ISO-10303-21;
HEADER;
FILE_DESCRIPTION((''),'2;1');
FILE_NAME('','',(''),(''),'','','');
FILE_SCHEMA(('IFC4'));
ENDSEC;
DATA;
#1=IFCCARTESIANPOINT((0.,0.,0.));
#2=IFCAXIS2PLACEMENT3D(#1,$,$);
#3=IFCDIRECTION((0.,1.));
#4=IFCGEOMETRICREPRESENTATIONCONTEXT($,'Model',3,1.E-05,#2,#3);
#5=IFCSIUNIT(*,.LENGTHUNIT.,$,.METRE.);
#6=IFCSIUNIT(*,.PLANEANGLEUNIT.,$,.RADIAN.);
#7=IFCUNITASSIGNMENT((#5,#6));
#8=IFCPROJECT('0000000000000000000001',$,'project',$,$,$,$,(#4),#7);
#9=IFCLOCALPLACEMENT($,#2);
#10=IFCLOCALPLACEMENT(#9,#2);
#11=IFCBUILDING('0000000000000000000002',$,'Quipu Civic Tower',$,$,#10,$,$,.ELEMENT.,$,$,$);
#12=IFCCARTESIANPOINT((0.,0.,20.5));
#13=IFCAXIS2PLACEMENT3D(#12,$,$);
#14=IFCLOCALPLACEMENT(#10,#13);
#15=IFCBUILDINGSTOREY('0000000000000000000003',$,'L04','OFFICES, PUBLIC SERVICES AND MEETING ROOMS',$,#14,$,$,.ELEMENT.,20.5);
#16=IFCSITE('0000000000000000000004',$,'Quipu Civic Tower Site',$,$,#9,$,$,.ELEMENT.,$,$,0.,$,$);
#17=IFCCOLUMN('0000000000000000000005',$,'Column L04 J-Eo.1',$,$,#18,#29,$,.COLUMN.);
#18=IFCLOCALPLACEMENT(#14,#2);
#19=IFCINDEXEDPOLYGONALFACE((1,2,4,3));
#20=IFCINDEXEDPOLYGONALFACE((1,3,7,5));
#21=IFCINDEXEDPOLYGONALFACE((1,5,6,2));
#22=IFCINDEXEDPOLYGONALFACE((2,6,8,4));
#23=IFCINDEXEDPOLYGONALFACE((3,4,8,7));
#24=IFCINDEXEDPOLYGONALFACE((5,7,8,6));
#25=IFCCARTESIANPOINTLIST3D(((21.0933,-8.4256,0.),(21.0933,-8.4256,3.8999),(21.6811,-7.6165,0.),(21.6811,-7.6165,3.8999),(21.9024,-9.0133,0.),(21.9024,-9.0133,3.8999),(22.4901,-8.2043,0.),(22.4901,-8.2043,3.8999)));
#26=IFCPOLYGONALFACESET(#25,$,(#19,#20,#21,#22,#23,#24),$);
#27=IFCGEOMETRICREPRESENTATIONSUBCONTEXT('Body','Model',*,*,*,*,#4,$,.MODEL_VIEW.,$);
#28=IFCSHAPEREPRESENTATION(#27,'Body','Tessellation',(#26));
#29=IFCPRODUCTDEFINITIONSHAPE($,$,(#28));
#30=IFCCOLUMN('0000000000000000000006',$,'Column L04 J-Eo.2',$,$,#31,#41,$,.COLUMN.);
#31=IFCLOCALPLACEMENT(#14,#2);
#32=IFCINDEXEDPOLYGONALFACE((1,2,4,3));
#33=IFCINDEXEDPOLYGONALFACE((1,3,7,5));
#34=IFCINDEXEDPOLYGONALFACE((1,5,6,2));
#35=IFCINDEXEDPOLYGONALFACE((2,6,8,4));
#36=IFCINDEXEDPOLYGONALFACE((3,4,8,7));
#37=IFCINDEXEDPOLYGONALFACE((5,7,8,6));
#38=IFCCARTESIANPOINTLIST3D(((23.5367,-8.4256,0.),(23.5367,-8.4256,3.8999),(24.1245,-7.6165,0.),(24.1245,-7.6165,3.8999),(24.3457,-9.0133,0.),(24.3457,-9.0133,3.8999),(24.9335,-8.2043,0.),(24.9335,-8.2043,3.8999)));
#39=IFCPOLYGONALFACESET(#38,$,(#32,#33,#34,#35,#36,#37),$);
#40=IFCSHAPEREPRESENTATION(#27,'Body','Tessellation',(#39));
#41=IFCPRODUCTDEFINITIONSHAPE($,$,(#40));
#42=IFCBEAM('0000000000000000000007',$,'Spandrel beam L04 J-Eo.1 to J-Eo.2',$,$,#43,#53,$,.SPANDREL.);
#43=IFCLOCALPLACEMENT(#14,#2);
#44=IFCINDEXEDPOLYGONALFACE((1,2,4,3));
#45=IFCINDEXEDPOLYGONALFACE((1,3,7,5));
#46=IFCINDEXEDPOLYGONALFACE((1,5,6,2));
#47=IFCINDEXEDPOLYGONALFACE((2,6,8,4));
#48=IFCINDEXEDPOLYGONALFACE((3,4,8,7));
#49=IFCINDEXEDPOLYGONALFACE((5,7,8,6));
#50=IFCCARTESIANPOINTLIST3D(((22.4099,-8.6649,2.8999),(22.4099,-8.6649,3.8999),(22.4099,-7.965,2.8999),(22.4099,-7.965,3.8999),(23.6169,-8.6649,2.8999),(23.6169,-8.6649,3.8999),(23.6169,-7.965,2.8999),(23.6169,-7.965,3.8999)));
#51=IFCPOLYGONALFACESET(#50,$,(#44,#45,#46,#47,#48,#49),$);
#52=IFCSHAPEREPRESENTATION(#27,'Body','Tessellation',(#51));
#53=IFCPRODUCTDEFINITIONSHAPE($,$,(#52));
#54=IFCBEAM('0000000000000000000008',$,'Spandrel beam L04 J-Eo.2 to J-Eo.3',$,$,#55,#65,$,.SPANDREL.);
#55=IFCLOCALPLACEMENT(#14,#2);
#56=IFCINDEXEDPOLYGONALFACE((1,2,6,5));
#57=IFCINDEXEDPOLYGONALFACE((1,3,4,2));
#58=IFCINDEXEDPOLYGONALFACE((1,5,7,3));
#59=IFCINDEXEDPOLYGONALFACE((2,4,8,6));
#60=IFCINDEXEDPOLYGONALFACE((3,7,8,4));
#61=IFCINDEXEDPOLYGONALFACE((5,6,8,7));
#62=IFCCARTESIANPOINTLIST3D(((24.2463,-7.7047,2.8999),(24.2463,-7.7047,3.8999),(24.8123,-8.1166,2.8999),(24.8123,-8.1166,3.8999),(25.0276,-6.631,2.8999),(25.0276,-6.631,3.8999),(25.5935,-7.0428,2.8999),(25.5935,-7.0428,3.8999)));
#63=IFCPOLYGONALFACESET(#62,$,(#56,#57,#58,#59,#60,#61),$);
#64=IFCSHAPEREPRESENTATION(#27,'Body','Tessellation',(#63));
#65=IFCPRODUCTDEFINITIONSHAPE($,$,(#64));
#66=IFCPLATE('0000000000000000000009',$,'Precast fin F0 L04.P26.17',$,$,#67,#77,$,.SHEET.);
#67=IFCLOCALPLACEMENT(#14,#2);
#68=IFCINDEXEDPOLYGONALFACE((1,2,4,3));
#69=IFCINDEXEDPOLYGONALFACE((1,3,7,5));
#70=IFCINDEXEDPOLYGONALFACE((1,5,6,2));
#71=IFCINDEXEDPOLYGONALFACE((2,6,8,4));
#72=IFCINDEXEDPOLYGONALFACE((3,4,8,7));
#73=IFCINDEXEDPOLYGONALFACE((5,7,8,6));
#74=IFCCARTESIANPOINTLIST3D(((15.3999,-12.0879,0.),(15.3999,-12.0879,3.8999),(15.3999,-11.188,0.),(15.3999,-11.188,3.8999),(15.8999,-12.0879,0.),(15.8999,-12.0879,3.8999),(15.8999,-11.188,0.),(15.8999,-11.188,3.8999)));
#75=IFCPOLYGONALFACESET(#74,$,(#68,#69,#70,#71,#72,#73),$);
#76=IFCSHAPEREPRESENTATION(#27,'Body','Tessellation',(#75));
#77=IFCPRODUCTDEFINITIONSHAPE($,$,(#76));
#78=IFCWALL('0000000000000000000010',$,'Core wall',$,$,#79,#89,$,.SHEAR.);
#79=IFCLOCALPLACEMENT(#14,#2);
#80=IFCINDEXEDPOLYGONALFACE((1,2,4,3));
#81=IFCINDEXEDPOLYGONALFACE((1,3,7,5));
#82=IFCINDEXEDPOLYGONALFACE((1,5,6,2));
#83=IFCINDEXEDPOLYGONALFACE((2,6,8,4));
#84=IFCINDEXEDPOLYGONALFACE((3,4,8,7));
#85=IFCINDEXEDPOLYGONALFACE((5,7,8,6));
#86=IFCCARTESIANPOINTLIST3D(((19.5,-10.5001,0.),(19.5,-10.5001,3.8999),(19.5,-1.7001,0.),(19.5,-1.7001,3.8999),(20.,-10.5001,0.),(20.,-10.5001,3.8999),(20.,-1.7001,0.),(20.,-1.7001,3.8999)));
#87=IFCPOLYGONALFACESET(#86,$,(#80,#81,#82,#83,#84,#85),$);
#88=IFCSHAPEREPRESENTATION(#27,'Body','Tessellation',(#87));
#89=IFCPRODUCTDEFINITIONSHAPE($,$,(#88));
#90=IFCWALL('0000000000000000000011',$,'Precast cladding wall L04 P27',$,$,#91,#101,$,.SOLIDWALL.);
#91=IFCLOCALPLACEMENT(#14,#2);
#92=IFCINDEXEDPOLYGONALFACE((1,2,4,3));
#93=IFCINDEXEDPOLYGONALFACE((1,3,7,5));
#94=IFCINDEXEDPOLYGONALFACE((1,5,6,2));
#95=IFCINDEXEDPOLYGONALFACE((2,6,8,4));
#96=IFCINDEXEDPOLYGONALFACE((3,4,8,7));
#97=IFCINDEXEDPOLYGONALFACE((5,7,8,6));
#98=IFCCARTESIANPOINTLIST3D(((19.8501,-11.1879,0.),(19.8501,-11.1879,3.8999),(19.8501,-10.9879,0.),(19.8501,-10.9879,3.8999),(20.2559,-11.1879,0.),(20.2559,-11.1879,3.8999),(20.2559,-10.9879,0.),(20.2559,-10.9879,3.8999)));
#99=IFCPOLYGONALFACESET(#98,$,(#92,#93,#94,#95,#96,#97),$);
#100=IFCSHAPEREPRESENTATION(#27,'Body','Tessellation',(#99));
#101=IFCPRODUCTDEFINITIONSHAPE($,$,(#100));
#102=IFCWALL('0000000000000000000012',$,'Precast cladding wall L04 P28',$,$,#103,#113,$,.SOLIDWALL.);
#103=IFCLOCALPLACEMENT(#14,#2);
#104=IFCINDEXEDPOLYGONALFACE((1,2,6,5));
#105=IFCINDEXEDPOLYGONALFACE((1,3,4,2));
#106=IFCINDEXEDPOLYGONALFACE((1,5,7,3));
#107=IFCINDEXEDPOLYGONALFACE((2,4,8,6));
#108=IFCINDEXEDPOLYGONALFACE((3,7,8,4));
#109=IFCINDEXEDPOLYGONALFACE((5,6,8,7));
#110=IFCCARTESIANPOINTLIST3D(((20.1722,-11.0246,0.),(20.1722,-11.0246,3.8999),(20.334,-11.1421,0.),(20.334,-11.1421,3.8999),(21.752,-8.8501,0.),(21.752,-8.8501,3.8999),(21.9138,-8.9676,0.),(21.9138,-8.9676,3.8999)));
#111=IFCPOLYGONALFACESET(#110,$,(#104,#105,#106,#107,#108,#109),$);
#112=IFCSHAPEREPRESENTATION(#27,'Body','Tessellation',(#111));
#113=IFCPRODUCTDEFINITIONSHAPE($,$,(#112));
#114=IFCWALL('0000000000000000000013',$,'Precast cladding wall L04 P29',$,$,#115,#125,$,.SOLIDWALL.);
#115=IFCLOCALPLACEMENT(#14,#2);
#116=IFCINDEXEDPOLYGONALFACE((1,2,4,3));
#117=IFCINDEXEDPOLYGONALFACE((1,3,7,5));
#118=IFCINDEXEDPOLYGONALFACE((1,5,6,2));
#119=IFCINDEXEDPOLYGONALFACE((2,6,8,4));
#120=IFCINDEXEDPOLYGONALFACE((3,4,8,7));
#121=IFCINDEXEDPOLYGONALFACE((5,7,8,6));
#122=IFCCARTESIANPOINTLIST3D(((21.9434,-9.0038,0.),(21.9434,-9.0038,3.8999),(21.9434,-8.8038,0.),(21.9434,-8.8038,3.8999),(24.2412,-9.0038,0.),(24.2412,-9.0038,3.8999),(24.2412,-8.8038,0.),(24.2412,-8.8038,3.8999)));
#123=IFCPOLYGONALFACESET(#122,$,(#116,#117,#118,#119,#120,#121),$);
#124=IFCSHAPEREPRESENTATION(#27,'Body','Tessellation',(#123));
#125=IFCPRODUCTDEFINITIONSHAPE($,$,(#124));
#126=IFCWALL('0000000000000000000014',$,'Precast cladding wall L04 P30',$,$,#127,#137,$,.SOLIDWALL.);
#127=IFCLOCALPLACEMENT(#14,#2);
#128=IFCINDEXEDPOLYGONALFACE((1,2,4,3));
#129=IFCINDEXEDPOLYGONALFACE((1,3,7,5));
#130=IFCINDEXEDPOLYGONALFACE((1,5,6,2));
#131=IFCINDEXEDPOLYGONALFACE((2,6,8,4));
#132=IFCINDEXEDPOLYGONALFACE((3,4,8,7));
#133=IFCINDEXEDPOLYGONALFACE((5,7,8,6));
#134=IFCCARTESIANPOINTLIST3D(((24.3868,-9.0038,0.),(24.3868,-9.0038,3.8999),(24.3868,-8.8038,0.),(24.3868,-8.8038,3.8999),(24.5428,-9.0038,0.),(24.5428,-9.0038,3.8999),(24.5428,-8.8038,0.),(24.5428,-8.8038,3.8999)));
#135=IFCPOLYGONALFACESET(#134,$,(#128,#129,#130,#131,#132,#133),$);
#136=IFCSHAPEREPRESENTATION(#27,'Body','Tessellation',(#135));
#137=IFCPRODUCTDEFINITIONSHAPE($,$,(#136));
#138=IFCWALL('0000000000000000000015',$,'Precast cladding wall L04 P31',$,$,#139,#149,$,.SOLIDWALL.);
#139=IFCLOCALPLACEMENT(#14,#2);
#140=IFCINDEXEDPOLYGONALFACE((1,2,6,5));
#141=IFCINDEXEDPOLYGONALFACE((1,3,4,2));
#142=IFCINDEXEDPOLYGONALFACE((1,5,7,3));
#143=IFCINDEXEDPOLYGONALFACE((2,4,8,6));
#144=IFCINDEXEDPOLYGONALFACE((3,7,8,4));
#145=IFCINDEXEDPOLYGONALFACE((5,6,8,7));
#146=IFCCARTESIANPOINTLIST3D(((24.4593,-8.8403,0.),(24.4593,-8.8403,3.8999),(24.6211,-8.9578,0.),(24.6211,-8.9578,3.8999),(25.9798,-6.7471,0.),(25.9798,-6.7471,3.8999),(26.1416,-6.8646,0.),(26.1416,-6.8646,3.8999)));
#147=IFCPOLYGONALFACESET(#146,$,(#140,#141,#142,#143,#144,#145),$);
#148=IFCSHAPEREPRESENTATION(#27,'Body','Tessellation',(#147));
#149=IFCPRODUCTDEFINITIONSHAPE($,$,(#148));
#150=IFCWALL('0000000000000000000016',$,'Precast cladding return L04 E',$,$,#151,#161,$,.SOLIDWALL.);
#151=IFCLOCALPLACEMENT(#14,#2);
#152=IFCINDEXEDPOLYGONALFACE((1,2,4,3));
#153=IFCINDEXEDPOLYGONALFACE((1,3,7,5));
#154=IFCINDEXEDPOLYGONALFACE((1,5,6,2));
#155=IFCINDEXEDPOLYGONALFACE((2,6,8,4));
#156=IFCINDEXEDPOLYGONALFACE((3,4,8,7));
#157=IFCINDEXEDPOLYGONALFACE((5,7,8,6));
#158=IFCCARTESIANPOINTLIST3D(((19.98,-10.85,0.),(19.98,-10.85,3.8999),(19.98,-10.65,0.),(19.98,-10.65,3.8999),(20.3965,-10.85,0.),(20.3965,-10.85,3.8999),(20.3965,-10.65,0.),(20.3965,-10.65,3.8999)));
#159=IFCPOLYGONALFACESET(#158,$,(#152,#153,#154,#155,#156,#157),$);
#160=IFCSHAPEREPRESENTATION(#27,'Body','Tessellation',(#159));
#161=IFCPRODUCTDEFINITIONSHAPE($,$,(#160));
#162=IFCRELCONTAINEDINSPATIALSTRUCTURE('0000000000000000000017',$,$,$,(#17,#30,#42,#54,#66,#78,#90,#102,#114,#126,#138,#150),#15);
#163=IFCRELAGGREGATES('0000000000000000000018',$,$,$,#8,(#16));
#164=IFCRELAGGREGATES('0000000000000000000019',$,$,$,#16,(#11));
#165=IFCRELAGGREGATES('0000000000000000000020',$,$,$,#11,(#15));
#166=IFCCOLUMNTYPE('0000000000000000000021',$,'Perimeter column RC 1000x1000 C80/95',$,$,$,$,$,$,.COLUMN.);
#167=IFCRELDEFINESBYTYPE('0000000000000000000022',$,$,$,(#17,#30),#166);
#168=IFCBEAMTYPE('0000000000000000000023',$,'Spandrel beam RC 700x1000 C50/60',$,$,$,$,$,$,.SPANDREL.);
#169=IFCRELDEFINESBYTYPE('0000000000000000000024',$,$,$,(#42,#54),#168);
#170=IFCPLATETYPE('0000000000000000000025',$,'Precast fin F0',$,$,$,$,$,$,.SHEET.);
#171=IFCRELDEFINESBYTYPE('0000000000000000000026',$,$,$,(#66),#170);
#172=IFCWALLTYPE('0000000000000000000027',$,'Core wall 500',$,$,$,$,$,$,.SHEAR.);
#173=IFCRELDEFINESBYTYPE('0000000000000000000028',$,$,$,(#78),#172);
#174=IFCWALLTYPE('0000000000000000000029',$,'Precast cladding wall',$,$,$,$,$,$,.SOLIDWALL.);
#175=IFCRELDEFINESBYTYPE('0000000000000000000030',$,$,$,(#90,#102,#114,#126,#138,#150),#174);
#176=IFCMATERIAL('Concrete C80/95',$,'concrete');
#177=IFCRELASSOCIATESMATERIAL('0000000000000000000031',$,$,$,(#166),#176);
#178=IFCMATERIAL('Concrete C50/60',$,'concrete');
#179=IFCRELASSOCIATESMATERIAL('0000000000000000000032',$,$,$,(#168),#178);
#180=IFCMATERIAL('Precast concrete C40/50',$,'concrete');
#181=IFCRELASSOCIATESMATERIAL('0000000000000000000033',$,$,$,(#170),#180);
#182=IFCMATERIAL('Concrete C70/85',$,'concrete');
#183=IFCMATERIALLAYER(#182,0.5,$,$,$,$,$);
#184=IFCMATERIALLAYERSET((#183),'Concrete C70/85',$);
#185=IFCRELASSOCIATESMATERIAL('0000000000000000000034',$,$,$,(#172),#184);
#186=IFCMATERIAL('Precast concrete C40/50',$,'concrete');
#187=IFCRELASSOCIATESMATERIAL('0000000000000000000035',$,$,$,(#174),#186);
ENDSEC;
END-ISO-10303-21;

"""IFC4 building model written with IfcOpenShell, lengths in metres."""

from ifc_helpers import new_model, si_unit, direction, frame, frame_2d, origin, origin_2d, place, context, subcontext, project, spatial, rectangle, extrude, material, layer, layer_set, material_profile, profile_set, type_object, element, save


model = new_model("IFC4")

# Units and contexts
model_context = context("Model", 3, precision=1e-05, world=origin(), true_north=direction((0.0, 1.0)))
body_context = subcontext(model_context, "Body", "Model", "MODEL_VIEW")
ifc_project = project(units=[si_unit("LENGTHUNIT", "METRE"), si_unit("PLANEANGLEUNIT", "RADIAN")], contexts=[model_context])

# Site, building, storey
site_placement = place(None, origin())
site = spatial("IfcSite", under=ifc_project, at=site_placement, Name="Quipu Civic Tower Site", CompositionType="ELEMENT", RefElevation=0.0)
building_placement = place(site_placement, origin())
building = spatial("IfcBuilding", under=site, at=building_placement, Name="Quipu Civic Tower", CompositionType="ELEMENT")
storey_placement = place(building_placement, frame((0.0, 0.0, 20.5)))
storey = spatial("IfcBuildingStorey", under=building, at=storey_placement, Name="L04", Description="OFFICES, PUBLIC SERVICES AND MEETING ROOMS", CompositionType="ELEMENT", Elevation=20.5)

# Columns
ifc_material_1 = material(Name="Concrete C80/95", Category="concrete")
ifc_material_profile_1 = material_profile(ifc_material_1, rectangle(XDim=1.0, YDim=1.0, at=origin_2d()), Name="RC1000x1000")
ifc_profile_set_1 = profile_set([ifc_material_profile_1], Name="Concrete C80/95")
column_type = type_object("IfcColumnType", Name="Perimeter column RC 1000x1000 C80/95", PredefinedType="COLUMN", material=ifc_profile_set_1)
for number, where, z_axis, x_axis, name in (
    (1, (21.7917, -8.3149, 0.0), (0.0, 0.0, 1.0), (0.587785, 0.809017, 0.0), "Column L04 J-Eo.1"),
    (2, (24.2351, -8.3149, 0.0), (0.0, 0.0, 1.0), (0.587785, 0.809017, 0.0), "Column L04 J-Eo.2"),
):
    element("IfcColumn", number, at=place(storey_placement, frame(where, z_axis=z_axis, x_axis=x_axis)), inside=storey, type_object=column_type, Name=name, PredefinedType="COLUMN", context=body_context, shape_type="SweptSolid", body=[
        extrude(rectangle(XDim=1.0, YDim=1.0, at=origin_2d()), origin(), (0.0, 0.0, 1.0), 3.8999),
    ])

# Beams
ifc_material_2 = material(Name="Concrete C50/60", Category="concrete")
ifc_material_profile_2 = material_profile(ifc_material_2, rectangle(XDim=0.7, YDim=1.0, at=origin_2d()), Name="RC700x1000")
ifc_profile_set_2 = profile_set([ifc_material_profile_2], Name="Concrete C50/60")
beam_type = type_object("IfcBeamType", Name="Spandrel beam RC 700x1000 C50/60", PredefinedType="SPANDREL", material=ifc_profile_set_2)
beam_1_placement = place(storey_placement, frame((22.4099, -8.3149, 3.3999), z_axis=(1.0, 0.0, 0.0), x_axis=(0.0, 1.0, 0.0)))
element("IfcBeam", 3, at=beam_1_placement, inside=storey, type_object=beam_type, Name="Spandrel beam L04 J-Eo.1 to J-Eo.2", PredefinedType="SPANDREL", context=body_context, shape_type="SweptSolid", body=[
    extrude(rectangle(XDim=0.7, YDim=1.0, at=origin_2d()), origin(), (0.0, 0.0, 1.0), 1.207),
])
beam_2_placement = place(storey_placement, frame((24.5293, -7.9106, 3.3999), z_axis=(0.588347, 0.808609, 0.0), x_axis=(-0.808609, 0.588347, 0.0)))
element("IfcBeam", 4, at=beam_2_placement, inside=storey, type_object=beam_type, Name="Spandrel beam L04 J-Eo.2 to J-Eo.3", PredefinedType="SPANDREL", context=body_context, shape_type="SweptSolid", body=[
    extrude(rectangle(XDim=0.7, YDim=1.0, at=origin_2d()), origin(), (0.0, 0.0, 1.0), 1.3279),
])

# Plate
ifc_material_3 = material(Name="Precast concrete C40/50", Category="concrete")
plate_type = type_object("IfcPlateType", Name="Precast fin F0", PredefinedType="SHEET", material=ifc_material_3)
plate_placement = place(storey_placement, frame((15.6499, -11.6379, 0.0), z_axis=(0.0, 0.0, 1.0), x_axis=(1.0, 0.0, 0.0)))
element("IfcPlate", 5, at=plate_placement, inside=storey, type_object=plate_type, Name="Precast fin F0 L04.P26.17", PredefinedType="SHEET", context=body_context, shape_type="SweptSolid", body=[
    extrude(rectangle(XDim=0.5, YDim=0.8999, at=origin_2d()), origin(), (0.0, 0.0, 1.0), 3.8999),
])

# Walls
ifc_material_4 = material(Name="Concrete C70/85", Category="concrete")
ifc_layer = layer(ifc_material_4, 0.5)
ifc_layer_set = layer_set([ifc_layer], Name="Concrete C70/85")
wall_type_1 = type_object("IfcWallType", Name="Core wall 500", PredefinedType="SHEAR", material=ifc_layer_set)
wall_1_placement = place(storey_placement, frame((19.75, -10.5, 0.0), z_axis=(0.0, 0.0, 1.0), x_axis=(0.0, 1.0, 0.0)))
element("IfcWall", 6, at=wall_1_placement, inside=storey, type_object=wall_type_1, Name="Core wall", PredefinedType="SHEAR", context=body_context, shape_type="SweptSolid", body=[
    extrude(rectangle(XDim=8.8, YDim=0.5, at=frame_2d((4.3999, 0.0))), origin(), (0.0, 0.0, 1.0), 3.8999),
])
ifc_material_5 = material(Name="Precast concrete C40/50", Category="concrete")
wall_type_2 = type_object("IfcWallType", Name="Precast cladding wall", PredefinedType="SOLIDWALL", material=ifc_material_5)
wall_2_placement = place(storey_placement, frame((19.8501, -11.0879, 0.0), z_axis=(0.0, 0.0, 1.0), x_axis=(1.0, 0.0, 0.0)))
element("IfcWall", 7, at=wall_2_placement, inside=storey, type_object=wall_type_2, Name="Precast cladding wall L04 P27", PredefinedType="SOLIDWALL", context=body_context, shape_type="SweptSolid", body=[
    extrude(rectangle(XDim=0.4058, YDim=0.2, at=frame_2d((0.2029, 0.0))), origin(), (0.0, 0.0, 1.0), 3.8999),
])
wall_3_placement = place(storey_placement, frame((20.2532, -11.0833, 0.0), z_axis=(0.0, 0.0, 1.0), x_axis=(0.587767, 0.809031, 0.0)))
element("IfcWall", 8, at=wall_3_placement, inside=storey, type_object=wall_type_2, Name="Precast cladding wall L04 P28", PredefinedType="SOLIDWALL", context=body_context, shape_type="SweptSolid", body=[
    extrude(rectangle(XDim=2.6877, YDim=0.2, at=frame_2d((1.3438, 0.0))), origin(), (0.0, 0.0, 1.0), 3.8999),
])
wall_4_placement = place(storey_placement, frame((21.9434, -8.9038, 0.0), z_axis=(0.0, 0.0, 1.0), x_axis=(1.0, 0.0, 0.0)))
element("IfcWall", 9, at=wall_4_placement, inside=storey, type_object=wall_type_2, Name="Precast cladding wall L04 P29", PredefinedType="SOLIDWALL", context=body_context, shape_type="SweptSolid", body=[
    extrude(rectangle(XDim=2.2979, YDim=0.2, at=frame_2d((1.1489, 0.0))), origin(), (0.0, 0.0, 1.0), 3.8999),
])
wall_5_placement = place(storey_placement, frame((24.3867, -8.9038, 0.0), z_axis=(0.0, 0.0, 1.0), x_axis=(1.0, 0.0, 0.0)))
element("IfcWall", 10, at=wall_5_placement, inside=storey, type_object=wall_type_2, Name="Precast cladding wall L04 P30", PredefinedType="SOLIDWALL", context=body_context, shape_type="SweptSolid", body=[
    extrude(rectangle(XDim=0.156, YDim=0.2, at=frame_2d((0.0781, 0.0))), origin(), (0.0, 0.0, 1.0), 3.8999),
])
wall_6_placement = place(storey_placement, frame((24.5403, -8.8989, 0.0), z_axis=(0.0, 0.0, 1.0), x_axis=(0.5877, 0.809079, 0.0)))
element("IfcWall", 11, at=wall_6_placement, inside=storey, type_object=wall_type_2, Name="Precast cladding wall L04 P31", PredefinedType="SOLIDWALL", context=body_context, shape_type="SweptSolid", body=[
    extrude(rectangle(XDim=2.5872, YDim=0.2, at=frame_2d((1.2935, 0.0))), origin(), (0.0, 0.0, 1.0), 3.8999),
])
wall_7_placement = place(storey_placement, frame((19.98, -10.75, 0.0), z_axis=(0.0, 0.0, 1.0), x_axis=(1.0, 0.0, 0.0)))
element("IfcWall", 12, at=wall_7_placement, inside=storey, type_object=wall_type_2, Name="Precast cladding return L04 E", PredefinedType="SOLIDWALL", context=body_context, shape_type="SweptSolid", body=[
    extrude(rectangle(XDim=0.4165, YDim=0.2, at=frame_2d((0.2083, 0.0))), origin(), (0.0, 0.0, 1.0), 3.8999),
])

save(model, "model.ifc")
